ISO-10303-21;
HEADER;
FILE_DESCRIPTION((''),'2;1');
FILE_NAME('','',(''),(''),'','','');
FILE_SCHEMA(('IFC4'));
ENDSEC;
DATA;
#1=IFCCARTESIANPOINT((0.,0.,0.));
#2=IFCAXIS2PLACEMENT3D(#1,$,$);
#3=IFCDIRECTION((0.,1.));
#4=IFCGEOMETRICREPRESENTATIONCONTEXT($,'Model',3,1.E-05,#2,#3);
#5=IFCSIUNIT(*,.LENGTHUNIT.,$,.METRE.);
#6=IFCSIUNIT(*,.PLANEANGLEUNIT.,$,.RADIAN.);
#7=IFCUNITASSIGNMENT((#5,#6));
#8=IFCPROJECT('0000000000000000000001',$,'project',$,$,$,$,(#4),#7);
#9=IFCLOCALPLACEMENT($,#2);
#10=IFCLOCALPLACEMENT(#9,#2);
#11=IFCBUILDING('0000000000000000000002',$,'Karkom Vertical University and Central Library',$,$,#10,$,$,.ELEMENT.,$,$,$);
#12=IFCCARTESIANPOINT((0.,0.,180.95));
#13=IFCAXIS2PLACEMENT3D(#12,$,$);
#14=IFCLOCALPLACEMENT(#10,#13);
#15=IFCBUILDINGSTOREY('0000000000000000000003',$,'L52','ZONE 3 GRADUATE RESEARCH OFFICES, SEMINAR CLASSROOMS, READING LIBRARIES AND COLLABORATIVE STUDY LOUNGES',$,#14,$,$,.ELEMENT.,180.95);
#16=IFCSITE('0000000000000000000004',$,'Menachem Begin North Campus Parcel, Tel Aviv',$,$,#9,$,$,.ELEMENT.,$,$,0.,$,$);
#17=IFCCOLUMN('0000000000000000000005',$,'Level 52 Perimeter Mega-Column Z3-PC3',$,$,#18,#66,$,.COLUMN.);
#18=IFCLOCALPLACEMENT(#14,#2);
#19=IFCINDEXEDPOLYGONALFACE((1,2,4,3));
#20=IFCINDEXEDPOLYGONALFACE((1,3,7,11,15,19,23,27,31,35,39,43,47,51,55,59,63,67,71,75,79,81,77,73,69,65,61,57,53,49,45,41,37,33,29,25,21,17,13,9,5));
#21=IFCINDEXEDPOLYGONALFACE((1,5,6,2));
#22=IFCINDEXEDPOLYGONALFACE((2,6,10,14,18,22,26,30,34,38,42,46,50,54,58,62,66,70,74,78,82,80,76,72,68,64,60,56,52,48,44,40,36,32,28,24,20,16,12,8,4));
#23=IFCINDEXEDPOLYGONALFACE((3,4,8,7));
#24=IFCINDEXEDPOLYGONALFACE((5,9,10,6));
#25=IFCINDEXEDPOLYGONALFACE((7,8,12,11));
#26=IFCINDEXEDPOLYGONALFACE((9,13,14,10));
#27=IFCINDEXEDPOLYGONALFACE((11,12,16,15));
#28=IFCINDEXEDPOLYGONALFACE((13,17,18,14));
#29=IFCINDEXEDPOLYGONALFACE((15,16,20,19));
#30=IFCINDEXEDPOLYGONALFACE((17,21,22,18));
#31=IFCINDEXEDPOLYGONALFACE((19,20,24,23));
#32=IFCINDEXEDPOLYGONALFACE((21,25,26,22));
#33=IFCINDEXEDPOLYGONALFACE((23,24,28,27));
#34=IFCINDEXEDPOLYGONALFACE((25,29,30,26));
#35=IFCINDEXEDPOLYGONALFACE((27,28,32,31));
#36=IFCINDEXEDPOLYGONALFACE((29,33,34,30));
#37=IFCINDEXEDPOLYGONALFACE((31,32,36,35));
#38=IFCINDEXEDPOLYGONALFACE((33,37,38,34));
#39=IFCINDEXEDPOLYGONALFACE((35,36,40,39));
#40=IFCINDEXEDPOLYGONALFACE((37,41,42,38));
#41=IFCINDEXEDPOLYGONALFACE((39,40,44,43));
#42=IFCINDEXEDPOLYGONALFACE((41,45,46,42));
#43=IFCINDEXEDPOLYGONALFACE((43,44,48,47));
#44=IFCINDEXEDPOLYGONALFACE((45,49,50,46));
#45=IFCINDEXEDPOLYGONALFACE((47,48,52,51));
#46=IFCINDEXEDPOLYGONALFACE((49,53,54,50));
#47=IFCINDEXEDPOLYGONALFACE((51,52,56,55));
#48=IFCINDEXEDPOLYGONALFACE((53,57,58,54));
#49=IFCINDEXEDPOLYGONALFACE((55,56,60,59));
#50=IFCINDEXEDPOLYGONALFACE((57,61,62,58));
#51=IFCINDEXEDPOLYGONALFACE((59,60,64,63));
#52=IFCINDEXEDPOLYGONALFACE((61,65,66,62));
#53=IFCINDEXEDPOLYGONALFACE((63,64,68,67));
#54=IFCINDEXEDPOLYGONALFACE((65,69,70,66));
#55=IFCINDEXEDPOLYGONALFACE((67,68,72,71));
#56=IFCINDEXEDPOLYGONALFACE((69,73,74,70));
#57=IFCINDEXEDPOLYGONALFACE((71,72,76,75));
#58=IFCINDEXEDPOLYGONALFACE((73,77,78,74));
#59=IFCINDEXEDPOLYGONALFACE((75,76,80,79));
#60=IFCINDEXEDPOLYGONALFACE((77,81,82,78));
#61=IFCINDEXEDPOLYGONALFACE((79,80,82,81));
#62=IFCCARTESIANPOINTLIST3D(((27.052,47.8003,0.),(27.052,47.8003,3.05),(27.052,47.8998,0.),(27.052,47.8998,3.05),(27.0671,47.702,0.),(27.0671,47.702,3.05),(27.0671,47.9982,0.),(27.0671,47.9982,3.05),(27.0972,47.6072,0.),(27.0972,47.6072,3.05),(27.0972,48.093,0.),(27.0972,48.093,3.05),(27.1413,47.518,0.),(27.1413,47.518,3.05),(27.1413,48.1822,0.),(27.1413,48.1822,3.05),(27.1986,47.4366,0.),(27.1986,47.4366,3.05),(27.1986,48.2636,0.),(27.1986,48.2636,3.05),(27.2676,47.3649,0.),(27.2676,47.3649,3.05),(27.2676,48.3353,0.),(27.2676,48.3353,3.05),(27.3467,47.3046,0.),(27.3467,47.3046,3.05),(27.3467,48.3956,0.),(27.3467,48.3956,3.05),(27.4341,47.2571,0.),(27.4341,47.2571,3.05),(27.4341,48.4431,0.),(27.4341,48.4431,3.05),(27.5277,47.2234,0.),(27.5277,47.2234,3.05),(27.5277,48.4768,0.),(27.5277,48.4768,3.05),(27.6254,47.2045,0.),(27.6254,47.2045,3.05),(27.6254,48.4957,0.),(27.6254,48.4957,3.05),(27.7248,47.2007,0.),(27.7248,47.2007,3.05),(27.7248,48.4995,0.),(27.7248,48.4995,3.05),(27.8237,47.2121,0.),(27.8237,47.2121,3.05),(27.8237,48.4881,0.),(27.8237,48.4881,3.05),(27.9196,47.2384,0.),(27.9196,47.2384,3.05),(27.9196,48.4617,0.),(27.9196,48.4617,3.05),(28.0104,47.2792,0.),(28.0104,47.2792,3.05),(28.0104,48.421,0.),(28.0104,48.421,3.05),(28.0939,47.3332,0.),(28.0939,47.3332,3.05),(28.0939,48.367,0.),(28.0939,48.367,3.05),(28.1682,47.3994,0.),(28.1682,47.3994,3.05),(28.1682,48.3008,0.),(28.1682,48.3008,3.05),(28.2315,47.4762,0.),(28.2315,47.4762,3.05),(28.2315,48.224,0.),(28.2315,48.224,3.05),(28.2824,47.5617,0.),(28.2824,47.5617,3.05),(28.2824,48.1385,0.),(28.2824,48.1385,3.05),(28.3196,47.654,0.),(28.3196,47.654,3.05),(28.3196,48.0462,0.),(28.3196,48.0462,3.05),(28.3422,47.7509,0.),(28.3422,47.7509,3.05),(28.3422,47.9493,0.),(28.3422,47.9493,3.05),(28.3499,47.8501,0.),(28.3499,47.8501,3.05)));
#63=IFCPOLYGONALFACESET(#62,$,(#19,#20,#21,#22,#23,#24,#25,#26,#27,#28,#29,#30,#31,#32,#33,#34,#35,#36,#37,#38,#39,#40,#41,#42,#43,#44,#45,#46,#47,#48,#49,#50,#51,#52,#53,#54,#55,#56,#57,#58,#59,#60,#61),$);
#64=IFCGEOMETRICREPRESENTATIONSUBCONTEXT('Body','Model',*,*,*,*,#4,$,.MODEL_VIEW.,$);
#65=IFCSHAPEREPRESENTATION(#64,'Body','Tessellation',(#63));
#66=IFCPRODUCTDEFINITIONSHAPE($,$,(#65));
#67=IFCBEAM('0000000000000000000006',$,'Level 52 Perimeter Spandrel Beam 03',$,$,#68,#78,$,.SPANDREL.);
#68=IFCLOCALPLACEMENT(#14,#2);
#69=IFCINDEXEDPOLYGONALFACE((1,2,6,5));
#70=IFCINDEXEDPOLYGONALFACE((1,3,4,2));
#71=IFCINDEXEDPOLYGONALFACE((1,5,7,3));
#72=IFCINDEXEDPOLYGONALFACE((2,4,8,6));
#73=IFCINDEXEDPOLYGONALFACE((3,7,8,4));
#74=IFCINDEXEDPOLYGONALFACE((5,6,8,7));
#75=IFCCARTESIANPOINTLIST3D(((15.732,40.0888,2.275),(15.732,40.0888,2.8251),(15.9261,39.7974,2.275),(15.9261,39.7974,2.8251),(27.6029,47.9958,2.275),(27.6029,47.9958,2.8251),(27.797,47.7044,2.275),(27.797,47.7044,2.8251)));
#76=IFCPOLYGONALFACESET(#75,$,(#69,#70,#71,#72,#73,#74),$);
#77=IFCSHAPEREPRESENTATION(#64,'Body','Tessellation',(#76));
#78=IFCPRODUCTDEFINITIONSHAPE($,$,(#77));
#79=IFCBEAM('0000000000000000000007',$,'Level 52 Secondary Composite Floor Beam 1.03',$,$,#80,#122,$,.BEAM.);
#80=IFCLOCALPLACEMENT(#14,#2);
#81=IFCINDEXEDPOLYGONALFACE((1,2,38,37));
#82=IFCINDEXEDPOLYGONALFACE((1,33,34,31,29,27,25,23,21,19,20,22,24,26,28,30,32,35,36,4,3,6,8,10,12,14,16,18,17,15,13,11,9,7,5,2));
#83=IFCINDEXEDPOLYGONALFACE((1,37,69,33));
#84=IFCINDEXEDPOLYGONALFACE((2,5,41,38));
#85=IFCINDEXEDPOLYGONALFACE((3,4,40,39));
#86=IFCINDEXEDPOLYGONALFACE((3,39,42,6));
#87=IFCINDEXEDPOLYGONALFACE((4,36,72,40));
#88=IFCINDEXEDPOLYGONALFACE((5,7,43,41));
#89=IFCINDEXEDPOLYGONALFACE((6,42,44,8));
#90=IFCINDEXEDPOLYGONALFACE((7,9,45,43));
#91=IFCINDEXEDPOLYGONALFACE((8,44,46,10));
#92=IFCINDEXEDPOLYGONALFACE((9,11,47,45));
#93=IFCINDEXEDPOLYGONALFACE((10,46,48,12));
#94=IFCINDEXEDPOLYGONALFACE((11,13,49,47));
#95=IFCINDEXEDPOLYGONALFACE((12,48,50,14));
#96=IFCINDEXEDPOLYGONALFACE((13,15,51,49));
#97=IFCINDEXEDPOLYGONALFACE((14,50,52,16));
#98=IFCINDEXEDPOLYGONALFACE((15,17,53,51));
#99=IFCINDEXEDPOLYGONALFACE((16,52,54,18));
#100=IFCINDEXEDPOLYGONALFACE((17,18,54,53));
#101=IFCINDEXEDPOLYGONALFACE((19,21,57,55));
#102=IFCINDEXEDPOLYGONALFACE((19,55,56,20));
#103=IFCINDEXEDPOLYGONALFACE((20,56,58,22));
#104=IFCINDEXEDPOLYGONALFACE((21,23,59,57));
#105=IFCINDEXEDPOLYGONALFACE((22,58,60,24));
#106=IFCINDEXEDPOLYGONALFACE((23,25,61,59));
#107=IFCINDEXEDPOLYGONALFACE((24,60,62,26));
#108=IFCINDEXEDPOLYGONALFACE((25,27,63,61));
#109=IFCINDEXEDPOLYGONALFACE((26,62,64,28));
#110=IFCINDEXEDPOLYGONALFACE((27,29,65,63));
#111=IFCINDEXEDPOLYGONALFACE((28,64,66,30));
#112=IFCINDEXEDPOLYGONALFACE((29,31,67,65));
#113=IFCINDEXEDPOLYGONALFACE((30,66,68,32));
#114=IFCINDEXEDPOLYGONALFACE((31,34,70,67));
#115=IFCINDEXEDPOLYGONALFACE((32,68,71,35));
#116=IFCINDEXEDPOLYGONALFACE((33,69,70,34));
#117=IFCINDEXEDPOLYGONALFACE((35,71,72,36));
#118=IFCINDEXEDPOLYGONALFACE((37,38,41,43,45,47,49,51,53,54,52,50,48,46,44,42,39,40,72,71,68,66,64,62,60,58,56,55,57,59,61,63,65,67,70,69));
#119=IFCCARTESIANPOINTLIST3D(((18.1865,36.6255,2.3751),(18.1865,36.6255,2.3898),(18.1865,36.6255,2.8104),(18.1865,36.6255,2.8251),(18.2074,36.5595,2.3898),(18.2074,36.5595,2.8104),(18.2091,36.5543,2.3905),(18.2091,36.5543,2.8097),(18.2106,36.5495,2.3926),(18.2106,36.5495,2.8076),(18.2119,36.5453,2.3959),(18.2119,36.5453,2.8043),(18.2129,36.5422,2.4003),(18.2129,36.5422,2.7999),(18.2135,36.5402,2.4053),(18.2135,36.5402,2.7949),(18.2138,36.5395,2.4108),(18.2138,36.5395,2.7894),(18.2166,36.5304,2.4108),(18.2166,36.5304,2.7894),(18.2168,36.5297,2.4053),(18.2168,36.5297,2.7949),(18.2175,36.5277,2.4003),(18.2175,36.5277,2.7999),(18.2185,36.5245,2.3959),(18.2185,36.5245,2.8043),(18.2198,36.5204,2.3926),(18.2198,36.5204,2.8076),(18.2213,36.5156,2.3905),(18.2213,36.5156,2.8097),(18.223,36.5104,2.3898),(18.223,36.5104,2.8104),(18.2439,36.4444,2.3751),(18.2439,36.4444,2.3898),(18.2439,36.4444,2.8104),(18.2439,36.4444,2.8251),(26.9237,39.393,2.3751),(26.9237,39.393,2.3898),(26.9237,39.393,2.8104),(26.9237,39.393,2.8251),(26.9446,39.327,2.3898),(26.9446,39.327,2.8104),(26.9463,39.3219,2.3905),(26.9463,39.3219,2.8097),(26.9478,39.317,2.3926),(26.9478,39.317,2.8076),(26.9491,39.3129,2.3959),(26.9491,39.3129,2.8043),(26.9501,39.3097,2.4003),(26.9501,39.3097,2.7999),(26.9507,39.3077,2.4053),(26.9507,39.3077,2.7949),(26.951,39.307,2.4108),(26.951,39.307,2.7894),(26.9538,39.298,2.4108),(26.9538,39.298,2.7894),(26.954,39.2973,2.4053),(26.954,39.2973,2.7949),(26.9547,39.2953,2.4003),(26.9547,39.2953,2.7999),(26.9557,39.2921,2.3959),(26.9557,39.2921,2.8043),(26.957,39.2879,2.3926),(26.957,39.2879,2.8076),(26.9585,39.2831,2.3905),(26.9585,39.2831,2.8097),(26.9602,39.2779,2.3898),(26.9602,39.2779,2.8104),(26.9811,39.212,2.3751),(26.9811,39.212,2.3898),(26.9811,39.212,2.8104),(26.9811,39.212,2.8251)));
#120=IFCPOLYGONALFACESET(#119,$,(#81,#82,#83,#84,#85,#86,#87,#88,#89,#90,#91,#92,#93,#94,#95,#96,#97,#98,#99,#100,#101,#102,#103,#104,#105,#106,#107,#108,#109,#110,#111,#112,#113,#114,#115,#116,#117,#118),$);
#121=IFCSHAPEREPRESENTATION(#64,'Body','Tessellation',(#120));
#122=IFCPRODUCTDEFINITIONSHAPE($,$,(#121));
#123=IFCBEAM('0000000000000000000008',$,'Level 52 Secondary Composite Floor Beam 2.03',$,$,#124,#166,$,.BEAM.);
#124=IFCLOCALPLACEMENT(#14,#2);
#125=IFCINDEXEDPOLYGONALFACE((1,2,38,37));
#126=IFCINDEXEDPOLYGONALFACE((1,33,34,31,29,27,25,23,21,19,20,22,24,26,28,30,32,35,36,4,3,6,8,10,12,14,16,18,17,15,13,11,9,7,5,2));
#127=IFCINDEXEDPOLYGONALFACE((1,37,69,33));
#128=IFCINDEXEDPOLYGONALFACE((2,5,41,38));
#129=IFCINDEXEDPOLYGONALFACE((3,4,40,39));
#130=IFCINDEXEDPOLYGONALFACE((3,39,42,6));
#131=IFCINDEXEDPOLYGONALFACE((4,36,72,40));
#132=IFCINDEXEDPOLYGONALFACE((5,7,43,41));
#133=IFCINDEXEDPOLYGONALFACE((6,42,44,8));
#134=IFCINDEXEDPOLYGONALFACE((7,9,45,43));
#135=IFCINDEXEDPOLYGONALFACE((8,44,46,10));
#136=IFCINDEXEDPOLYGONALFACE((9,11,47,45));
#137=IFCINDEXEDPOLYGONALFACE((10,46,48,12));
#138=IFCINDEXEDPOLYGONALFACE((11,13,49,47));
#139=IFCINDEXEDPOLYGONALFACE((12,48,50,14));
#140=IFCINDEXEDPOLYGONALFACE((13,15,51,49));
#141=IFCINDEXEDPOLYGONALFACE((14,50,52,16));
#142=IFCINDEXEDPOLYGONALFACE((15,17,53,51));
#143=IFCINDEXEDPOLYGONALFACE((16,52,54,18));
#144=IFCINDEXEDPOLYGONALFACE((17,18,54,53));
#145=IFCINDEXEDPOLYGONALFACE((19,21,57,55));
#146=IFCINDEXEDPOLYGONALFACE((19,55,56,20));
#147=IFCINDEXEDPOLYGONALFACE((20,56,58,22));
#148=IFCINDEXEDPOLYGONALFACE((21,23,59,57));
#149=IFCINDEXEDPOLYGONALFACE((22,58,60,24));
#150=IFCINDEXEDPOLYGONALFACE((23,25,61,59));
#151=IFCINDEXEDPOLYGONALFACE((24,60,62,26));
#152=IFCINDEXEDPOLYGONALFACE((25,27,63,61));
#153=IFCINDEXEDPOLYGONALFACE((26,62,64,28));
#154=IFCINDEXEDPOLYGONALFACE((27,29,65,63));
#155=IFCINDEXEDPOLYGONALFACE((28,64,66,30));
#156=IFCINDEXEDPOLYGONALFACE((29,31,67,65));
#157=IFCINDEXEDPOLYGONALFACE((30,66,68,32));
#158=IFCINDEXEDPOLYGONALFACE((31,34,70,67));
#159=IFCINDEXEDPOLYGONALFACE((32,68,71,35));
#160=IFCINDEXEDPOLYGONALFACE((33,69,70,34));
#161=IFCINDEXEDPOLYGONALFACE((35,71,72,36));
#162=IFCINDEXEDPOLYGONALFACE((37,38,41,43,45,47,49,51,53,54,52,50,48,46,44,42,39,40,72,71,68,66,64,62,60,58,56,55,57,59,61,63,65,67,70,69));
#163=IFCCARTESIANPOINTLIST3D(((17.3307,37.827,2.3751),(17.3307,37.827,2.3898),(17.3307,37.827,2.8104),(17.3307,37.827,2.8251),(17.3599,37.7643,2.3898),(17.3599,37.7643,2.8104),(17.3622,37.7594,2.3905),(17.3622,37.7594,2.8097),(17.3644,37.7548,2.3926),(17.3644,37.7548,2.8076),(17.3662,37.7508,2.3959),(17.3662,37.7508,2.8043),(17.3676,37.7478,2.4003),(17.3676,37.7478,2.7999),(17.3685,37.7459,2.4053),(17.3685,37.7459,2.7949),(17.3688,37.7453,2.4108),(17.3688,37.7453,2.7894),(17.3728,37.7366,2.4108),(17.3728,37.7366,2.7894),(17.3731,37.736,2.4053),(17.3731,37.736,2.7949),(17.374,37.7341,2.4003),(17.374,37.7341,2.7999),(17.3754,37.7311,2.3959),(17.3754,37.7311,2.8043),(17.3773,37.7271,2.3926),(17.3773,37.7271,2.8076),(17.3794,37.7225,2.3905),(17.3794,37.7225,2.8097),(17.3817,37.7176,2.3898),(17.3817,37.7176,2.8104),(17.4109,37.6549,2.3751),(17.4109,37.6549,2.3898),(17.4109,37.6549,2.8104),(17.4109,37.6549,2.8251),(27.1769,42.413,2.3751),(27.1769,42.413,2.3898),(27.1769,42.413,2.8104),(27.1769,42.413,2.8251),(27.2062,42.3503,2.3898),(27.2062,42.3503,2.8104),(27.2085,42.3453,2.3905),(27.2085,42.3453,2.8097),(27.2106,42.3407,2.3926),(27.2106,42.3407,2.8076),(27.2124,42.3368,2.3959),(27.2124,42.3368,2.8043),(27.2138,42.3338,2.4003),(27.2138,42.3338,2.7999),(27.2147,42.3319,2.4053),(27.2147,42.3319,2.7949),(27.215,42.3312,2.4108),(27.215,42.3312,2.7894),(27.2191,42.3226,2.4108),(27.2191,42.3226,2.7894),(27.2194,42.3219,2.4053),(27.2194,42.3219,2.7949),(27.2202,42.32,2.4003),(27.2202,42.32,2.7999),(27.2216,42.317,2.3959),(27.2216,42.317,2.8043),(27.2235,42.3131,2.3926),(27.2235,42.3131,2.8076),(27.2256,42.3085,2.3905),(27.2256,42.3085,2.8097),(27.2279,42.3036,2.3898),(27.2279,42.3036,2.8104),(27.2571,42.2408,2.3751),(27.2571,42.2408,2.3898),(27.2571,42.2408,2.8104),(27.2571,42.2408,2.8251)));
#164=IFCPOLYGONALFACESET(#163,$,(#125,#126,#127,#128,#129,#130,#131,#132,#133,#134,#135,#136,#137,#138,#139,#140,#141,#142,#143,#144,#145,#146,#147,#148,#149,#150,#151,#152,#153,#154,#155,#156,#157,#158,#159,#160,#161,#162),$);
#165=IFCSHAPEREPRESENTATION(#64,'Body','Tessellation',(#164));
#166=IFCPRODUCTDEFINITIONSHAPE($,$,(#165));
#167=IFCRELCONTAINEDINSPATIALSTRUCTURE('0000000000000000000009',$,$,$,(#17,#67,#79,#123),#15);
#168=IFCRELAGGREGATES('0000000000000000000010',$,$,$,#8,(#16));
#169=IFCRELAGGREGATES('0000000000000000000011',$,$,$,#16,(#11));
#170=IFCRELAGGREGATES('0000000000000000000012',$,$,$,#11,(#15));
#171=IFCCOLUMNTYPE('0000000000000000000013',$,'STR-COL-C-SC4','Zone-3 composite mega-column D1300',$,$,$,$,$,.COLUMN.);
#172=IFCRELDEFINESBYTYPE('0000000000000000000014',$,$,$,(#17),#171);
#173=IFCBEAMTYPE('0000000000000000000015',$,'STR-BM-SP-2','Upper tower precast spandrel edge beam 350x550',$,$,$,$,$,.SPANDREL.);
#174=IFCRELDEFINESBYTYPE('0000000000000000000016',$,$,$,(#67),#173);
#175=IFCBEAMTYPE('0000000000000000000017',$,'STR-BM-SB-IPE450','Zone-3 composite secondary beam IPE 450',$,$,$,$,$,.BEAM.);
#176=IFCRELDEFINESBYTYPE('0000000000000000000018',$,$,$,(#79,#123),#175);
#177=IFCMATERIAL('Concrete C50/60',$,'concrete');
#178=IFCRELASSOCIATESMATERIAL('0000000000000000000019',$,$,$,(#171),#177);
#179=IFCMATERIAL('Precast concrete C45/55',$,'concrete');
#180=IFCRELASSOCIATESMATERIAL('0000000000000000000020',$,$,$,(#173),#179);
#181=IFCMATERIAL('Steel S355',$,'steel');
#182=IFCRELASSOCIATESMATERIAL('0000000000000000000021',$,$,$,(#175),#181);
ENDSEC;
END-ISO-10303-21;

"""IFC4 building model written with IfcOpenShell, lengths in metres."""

from ifc_helpers import new_model, si_unit, direction, frame, origin, origin_with_axes, origin_2d, place, context, subcontext, project, spatial, rectangle, circle, i_section, extrude, source, transform, mapped, material, material_profile, profile_set, type_object, element, save


model = new_model("IFC4")

# Units and contexts
model_context = context("Model", 3, precision=1e-05, world=origin(), true_north=direction((0.0, 1.0)))
body_context = subcontext(model_context, "Body", "Model", "MODEL_VIEW")
ifc_project = project(units=[si_unit("LENGTHUNIT", "METRE"), si_unit("PLANEANGLEUNIT", "RADIAN")], contexts=[model_context])

# Site, building, storey
site_placement = place(None, origin())
site = spatial("IfcSite", under=ifc_project, at=site_placement, Name="Menachem Begin North Campus Parcel, Tel Aviv", CompositionType="ELEMENT", RefElevation=0.0)
building_placement = place(site_placement, origin())
building = spatial("IfcBuilding", under=site, at=building_placement, Name="Karkom Vertical University and Central Library", CompositionType="ELEMENT")
storey_placement = place(building_placement, frame((0.0, 0.0, 180.95)))
storey = spatial("IfcBuildingStorey", under=building, at=storey_placement, Name="L52", Description="ZONE 3 GRADUATE RESEARCH OFFICES, SEMINAR CLASSROOMS, READING LIBRARIES AND COLLABORATIVE STUDY LOUNGES", CompositionType="ELEMENT", Elevation=180.95)

# Column
ifc_material_1 = material(Name="Concrete C50/60", Category="concrete")
ifc_material_profile_1 = material_profile(ifc_material_1, circle(Radius=0.6499, at=origin_2d()), Name="CFT-D1300")
ifc_profile_set_1 = profile_set([ifc_material_profile_1], Name="Concrete C50/60")
column_type = type_object("IfcColumnType", Name="STR-COL-C-SC4", Description="Zone-3 composite mega-column D1300", PredefinedType="COLUMN", material=ifc_profile_set_1)
shared_shape_1 = source(origin_with_axes(), body_context, "Body", "SweptSolid", [
    extrude(circle(Radius=0.6499, at=origin_2d()), origin(), (0.0, 0.0, 1.0), 3.05),
])
column_placement = place(storey_placement, frame((27.7, 47.8501, 0.0), z_axis=(0.0, 0.0, 1.0), x_axis=(1.0, 0.0, 0.0)))
element("IfcColumn", 1, at=column_placement, inside=storey, type_object=column_type, Name="Level 52 Perimeter Mega-Column Z3-PC3", PredefinedType="COLUMN", context=body_context, shape_type="MappedRepresentation", body=[
    mapped(shared_shape_1, transform((0.0, 0.0, 0.0), scale=1.0)),
])

# Beams
ifc_material_2 = material(Name="Precast concrete C45/55", Category="concrete")
ifc_material_profile_2 = material_profile(ifc_material_2, rectangle(XDim=0.3501, YDim=0.55, at=origin_2d()), Name="SPB-350x550")
ifc_profile_set_2 = profile_set([ifc_material_profile_2], Name="Precast concrete C45/55")
beam_type_1 = type_object("IfcBeamType", Name="STR-BM-SP-2", Description="Upper tower precast spandrel edge beam 350x550", PredefinedType="SPANDREL", material=ifc_profile_set_2)
shared_shape_2 = source(origin_with_axes(), body_context, "Body", "SweptSolid", [
    extrude(rectangle(XDim=0.3501, YDim=0.55, at=origin_2d()), origin(), (0.0, 0.0, 1.0), 14.2632),
])
beam_1_placement = place(storey_placement, frame((27.7, 47.8501, 2.55), z_axis=(-0.832274, -0.554364, 0.0), x_axis=(0.554364, -0.832274, 0.0)))
element("IfcBeam", 2, at=beam_1_placement, inside=storey, type_object=beam_type_1, Name="Level 52 Perimeter Spandrel Beam 03", PredefinedType="SPANDREL", context=body_context, shape_type="MappedRepresentation", body=[
    mapped(shared_shape_2, transform((0.0, 0.0, 0.0), scale=1.0)),
])
ifc_material_3 = material(Name="Steel S355", Category="steel")
ifc_material_profile_3 = material_profile(ifc_material_3, i_section(OverallWidth=0.1899, OverallDepth=0.45, WebThickness=0.0095, FlangeThickness=0.0146, FilletRadius=0.021, at=origin_2d()), Name="IPE 450")
ifc_profile_set_3 = profile_set([ifc_material_profile_3], Name="Steel S355")
beam_type_2 = type_object("IfcBeamType", Name="STR-BM-SB-IPE450", Description="Zone-3 composite secondary beam IPE 450", PredefinedType="BEAM", material=ifc_profile_set_3)
shared_shape_3 = source(origin_with_axes(), body_context, "Body", "SweptSolid", [
    extrude(i_section(OverallWidth=0.1899, OverallDepth=0.45, WebThickness=0.0095, FlangeThickness=0.0146, FilletRadius=0.021, at=origin_2d()), origin(), (0.0, 0.0, 1.0), 9.165),
])
beam_2_placement = place(storey_placement, frame((26.9524, 39.3025, 2.6001), z_axis=(-0.953318, -0.301968, 0.0), x_axis=(0.301968, -0.953318, 0.0)))
element("IfcBeam", 3, at=beam_2_placement, inside=storey, type_object=beam_type_2, Name="Level 52 Secondary Composite Floor Beam 1.03", PredefinedType="BEAM", context=body_context, shape_type="MappedRepresentation", body=[
    mapped(shared_shape_3, transform((0.0, 0.0, 0.0), scale=1.0)),
])
shared_shape_4 = source(origin_with_axes(), body_context, "Body", "SweptSolid", [
    extrude(i_section(OverallWidth=0.1899, OverallDepth=0.45, WebThickness=0.0095, FlangeThickness=0.0146, FilletRadius=0.021, at=origin_2d()), origin(), (0.0, 0.0, 1.0), 10.8618),
])
beam_3_placement = place(storey_placement, frame((27.217, 42.3269, 2.6001), z_axis=(-0.906499, -0.422209, 0.0), x_axis=(0.422209, -0.906499, 0.0)))
element("IfcBeam", 4, at=beam_3_placement, inside=storey, type_object=beam_type_2, Name="Level 52 Secondary Composite Floor Beam 2.03", PredefinedType="BEAM", context=body_context, shape_type="MappedRepresentation", body=[
    mapped(shared_shape_4, transform((0.0, 0.0, 0.0), scale=1.0)),
])

save(model, "model.ifc")
